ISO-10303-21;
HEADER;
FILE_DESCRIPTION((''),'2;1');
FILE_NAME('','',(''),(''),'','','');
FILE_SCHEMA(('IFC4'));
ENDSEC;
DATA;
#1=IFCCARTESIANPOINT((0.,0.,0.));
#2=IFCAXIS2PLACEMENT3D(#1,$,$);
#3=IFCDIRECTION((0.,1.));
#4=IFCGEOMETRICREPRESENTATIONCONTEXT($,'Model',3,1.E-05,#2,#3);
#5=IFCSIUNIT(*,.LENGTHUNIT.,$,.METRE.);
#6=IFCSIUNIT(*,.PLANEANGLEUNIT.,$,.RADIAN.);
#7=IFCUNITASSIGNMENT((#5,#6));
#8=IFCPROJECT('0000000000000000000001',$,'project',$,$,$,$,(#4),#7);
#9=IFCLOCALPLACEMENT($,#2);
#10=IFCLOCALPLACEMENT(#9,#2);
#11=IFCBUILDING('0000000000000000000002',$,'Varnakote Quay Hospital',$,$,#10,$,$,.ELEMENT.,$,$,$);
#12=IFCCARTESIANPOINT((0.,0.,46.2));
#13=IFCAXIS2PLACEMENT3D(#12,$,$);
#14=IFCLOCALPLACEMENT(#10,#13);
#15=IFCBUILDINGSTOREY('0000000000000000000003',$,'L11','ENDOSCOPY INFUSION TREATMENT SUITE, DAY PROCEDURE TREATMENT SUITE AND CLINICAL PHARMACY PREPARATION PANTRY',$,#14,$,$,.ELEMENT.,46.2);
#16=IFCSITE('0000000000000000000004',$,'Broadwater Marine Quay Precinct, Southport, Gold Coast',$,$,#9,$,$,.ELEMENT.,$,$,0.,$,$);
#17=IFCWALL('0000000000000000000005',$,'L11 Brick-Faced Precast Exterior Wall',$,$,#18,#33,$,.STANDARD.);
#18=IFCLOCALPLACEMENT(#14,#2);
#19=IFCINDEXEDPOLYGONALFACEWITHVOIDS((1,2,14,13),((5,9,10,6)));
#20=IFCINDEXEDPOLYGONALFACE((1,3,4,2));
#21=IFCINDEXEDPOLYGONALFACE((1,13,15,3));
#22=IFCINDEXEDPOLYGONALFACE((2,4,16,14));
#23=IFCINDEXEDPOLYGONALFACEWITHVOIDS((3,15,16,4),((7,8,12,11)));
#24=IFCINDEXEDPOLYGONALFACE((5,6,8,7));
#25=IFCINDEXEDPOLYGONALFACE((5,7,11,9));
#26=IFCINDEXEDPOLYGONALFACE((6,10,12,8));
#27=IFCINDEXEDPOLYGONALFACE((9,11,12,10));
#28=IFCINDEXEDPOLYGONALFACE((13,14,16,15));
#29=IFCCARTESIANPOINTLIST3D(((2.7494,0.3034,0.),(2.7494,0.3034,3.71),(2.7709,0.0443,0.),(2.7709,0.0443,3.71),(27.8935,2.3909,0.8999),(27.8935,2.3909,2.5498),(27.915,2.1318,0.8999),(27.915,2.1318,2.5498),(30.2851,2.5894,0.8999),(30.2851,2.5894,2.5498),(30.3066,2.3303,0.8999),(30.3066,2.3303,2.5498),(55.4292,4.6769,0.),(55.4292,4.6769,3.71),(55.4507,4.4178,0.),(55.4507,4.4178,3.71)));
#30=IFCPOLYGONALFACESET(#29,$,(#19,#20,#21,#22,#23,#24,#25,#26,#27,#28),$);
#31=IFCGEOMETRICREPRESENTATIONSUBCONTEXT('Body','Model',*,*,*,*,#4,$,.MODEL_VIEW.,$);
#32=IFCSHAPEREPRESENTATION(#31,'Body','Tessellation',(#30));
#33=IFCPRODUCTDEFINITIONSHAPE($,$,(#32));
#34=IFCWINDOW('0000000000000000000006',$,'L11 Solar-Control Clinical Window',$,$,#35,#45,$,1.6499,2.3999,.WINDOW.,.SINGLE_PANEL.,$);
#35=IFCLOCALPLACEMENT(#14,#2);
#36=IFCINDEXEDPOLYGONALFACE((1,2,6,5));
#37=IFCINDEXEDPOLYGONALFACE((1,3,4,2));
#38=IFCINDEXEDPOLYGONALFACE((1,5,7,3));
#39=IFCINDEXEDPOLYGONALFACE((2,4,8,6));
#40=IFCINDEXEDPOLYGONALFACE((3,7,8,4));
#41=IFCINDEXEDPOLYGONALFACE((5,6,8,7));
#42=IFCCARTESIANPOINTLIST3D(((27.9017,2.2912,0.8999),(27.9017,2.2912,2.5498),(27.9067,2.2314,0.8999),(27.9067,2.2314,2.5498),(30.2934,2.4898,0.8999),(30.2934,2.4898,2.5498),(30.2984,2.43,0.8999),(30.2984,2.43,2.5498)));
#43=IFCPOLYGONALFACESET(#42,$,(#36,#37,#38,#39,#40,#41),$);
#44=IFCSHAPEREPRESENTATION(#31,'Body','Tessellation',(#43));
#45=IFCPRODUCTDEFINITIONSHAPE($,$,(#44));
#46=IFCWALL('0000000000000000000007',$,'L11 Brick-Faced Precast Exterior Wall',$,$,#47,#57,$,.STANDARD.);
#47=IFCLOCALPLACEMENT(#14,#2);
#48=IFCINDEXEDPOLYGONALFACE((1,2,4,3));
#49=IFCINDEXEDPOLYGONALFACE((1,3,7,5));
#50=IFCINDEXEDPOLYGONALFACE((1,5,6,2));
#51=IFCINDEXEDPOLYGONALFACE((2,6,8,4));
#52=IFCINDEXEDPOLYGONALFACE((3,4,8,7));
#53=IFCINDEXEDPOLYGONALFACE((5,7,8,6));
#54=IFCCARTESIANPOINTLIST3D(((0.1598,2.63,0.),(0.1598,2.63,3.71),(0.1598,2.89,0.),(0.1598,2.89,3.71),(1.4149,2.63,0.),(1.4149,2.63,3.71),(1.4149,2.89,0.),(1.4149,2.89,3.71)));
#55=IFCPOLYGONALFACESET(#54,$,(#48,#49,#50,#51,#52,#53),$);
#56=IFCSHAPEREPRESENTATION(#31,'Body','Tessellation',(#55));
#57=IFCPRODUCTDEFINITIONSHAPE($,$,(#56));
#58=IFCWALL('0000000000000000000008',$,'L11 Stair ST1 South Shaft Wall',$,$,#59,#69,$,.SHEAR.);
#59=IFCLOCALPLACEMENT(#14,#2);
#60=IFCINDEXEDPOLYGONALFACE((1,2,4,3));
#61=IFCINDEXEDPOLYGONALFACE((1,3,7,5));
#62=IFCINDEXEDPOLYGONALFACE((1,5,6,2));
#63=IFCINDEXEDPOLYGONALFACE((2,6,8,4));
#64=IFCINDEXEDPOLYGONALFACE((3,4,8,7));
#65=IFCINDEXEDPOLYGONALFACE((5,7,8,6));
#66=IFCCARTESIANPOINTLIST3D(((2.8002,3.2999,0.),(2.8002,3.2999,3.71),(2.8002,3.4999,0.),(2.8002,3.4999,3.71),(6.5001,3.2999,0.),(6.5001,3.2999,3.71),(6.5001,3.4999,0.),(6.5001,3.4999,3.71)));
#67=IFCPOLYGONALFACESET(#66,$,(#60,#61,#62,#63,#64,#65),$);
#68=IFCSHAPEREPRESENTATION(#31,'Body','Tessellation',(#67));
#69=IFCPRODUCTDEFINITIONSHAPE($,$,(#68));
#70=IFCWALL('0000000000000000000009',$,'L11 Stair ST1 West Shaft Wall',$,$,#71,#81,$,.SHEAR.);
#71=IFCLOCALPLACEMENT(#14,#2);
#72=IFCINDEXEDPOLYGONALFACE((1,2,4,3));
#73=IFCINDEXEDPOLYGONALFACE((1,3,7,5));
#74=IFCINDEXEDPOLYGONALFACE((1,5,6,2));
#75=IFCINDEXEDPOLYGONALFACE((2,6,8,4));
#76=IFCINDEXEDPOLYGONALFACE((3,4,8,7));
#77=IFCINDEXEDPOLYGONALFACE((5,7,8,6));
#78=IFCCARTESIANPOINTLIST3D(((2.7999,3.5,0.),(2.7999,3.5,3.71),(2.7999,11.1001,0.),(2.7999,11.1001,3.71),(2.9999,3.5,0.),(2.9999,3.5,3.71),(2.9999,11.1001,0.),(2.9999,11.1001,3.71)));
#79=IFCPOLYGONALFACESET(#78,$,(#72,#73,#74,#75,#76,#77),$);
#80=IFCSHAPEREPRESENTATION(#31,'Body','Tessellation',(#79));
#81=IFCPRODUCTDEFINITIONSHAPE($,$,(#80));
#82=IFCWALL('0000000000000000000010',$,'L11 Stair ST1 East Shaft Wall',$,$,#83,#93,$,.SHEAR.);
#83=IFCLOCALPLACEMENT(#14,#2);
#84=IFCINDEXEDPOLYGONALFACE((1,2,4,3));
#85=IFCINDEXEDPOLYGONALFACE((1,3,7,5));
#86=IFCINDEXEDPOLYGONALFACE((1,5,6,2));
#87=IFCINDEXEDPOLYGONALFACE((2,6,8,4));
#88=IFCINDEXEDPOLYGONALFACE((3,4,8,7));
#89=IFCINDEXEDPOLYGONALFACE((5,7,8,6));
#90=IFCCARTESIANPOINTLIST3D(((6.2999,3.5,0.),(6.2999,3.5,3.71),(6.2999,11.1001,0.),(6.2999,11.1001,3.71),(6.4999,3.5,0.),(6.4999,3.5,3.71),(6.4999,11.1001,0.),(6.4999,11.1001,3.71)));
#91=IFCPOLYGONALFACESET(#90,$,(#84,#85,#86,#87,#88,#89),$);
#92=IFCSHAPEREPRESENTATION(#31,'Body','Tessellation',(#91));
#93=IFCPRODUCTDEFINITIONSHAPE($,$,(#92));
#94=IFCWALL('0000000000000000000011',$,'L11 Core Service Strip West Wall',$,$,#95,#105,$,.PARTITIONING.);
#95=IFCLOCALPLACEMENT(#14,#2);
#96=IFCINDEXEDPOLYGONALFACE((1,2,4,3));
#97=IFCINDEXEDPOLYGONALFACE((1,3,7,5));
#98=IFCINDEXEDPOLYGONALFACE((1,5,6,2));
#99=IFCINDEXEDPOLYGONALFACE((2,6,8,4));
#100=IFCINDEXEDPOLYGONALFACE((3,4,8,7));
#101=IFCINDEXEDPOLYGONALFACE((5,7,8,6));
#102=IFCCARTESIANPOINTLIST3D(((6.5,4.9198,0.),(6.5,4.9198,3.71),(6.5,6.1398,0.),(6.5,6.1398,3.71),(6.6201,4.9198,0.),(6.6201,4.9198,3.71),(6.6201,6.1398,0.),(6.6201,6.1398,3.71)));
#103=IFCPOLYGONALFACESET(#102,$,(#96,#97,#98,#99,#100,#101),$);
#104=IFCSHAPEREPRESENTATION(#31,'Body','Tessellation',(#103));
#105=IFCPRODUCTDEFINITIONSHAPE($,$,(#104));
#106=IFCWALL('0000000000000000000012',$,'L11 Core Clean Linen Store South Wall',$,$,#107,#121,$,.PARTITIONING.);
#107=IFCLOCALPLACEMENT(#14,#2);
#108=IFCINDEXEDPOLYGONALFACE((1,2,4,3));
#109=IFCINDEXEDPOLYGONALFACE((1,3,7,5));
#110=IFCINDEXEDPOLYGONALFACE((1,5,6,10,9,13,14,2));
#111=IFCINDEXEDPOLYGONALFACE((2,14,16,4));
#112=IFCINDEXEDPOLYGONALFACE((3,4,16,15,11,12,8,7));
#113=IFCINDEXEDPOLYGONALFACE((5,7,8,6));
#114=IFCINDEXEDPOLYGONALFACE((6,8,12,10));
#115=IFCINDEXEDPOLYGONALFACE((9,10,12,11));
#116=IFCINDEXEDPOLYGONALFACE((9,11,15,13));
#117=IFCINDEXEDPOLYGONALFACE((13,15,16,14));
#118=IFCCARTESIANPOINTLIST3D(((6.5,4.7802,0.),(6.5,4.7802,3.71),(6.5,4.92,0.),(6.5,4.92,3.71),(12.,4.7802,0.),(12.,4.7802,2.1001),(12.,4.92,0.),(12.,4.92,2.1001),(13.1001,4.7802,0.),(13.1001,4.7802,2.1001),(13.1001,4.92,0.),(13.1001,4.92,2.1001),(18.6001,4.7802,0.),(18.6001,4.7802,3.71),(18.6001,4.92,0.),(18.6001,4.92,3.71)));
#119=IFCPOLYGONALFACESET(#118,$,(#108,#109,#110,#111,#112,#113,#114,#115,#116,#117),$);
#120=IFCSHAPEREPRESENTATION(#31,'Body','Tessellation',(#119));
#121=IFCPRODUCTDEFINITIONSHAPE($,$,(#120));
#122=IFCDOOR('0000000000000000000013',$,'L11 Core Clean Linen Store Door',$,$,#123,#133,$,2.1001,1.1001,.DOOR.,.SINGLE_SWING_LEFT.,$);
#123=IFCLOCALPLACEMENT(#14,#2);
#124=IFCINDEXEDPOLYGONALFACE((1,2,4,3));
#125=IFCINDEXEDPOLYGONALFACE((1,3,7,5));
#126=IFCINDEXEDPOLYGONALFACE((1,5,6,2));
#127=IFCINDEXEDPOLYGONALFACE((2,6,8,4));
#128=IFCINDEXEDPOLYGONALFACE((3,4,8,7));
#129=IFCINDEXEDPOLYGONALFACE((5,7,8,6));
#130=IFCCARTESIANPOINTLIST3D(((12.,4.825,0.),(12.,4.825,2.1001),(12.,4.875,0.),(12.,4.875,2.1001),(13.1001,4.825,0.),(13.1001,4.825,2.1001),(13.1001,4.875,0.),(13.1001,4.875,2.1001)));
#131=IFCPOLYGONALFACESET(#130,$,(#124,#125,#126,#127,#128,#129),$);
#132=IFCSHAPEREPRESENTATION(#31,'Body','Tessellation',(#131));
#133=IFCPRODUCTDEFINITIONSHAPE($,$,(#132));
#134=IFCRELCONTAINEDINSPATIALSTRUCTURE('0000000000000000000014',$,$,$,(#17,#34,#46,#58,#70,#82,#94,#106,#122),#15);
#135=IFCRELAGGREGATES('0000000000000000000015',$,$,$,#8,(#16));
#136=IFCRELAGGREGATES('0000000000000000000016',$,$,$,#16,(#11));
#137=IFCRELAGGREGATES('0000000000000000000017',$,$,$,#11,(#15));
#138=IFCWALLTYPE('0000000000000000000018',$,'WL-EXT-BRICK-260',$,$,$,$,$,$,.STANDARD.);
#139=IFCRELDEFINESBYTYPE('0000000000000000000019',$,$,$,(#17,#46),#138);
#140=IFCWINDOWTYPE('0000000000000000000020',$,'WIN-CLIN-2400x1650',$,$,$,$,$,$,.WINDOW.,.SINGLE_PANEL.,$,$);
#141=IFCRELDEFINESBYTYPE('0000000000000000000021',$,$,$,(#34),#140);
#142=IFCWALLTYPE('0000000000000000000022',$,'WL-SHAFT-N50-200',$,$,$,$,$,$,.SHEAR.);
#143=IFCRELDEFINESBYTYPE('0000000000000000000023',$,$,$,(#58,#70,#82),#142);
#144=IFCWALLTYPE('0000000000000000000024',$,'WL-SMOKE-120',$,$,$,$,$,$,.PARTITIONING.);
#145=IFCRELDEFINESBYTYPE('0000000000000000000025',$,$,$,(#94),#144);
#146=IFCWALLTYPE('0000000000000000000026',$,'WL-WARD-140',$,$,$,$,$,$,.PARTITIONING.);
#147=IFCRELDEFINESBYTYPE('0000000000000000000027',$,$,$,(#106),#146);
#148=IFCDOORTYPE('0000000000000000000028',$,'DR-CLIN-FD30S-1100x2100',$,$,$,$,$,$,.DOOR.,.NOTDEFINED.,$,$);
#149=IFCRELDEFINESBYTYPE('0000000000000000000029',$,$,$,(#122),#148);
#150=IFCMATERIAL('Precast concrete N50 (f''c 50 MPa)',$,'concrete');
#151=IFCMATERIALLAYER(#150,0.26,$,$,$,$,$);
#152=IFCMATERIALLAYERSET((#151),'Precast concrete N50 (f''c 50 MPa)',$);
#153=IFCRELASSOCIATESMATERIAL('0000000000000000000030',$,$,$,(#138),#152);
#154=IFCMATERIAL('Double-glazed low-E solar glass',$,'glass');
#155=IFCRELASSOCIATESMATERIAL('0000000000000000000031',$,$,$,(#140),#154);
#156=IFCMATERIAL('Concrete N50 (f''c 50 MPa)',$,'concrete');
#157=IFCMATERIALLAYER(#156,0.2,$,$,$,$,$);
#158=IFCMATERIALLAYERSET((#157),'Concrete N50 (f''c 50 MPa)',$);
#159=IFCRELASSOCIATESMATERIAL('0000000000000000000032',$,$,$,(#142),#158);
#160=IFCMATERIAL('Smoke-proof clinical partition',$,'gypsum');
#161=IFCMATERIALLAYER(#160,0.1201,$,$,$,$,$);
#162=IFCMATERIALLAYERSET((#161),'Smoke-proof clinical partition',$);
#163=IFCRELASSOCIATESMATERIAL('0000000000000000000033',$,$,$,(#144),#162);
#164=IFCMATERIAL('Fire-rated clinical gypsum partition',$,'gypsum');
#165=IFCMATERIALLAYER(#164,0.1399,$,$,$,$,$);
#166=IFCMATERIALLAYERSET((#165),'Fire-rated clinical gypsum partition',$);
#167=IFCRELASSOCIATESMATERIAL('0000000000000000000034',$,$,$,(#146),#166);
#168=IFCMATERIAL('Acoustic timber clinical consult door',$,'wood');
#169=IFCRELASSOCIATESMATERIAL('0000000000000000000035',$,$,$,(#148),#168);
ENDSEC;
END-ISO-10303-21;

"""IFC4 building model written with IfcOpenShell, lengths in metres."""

from ifc_helpers import new_model, si_unit, direction, frame, frame_2d, origin, place, context, subcontext, project, spatial, rectangle, extrude, material, layer, layer_set, type_object, element, fill, save


model = new_model("IFC4")

# Units and contexts
model_context = context("Model", 3, precision=1e-05, world=origin(), true_north=direction((0.0, 1.0)))
body_context = subcontext(model_context, "Body", "Model", "MODEL_VIEW")
ifc_project = project(units=[si_unit("LENGTHUNIT", "METRE"), si_unit("PLANEANGLEUNIT", "RADIAN")], contexts=[model_context])

# Site, building, storey
site_placement = place(None, origin())
site = spatial("IfcSite", under=ifc_project, at=site_placement, Name="Broadwater Marine Quay Precinct, Southport, Gold Coast", CompositionType="ELEMENT", RefElevation=0.0)
building_placement = place(site_placement, origin())
building = spatial("IfcBuilding", under=site, at=building_placement, Name="Varnakote Quay Hospital", CompositionType="ELEMENT")
storey_placement = place(building_placement, frame((0.0, 0.0, 46.2)))
storey = spatial("IfcBuildingStorey", under=building, at=storey_placement, Name="L11", Description="ENDOSCOPY INFUSION TREATMENT SUITE, DAY PROCEDURE TREATMENT SUITE AND CLINICAL PHARMACY PREPARATION PANTRY", CompositionType="ELEMENT", Elevation=46.2)

# Shared definitions
ifc_material_1 = material(Name="Precast concrete N50 (f'c 50 MPa)", Category="concrete")
ifc_layer_1 = layer(ifc_material_1, 0.26)
ifc_layer_set_1 = layer_set([ifc_layer_1], Name="Precast concrete N50 (f'c 50 MPa)")
wall_type_1 = type_object("IfcWallType", Name="WL-EXT-BRICK-260", PredefinedType="STANDARD", material=ifc_layer_set_1)

# Wall, opening, window
wall_1_placement = place(storey_placement, frame((2.76, 0.1738, 0.0), z_axis=(0.0, 0.0, 1.0), x_axis=(0.996571, 0.082736, 0.0)))
wall_1 = element("IfcWall", 1, at=wall_1_placement, inside=storey, type_object=wall_type_1, Name="L11 Brick-Faced Precast Exterior Wall", PredefinedType="STANDARD", context=body_context, shape_type="SweptSolid", body=[
    extrude(rectangle(XDim=52.8611, YDim=0.26, at=frame_2d((26.4307, 0.0))), origin(), (0.0, 0.0, 1.0), 3.71),
])
opening_1_placement = place(wall_1_placement, frame((25.2307, 0.0, 0.8999)))
opening_1 = element("IfcOpeningElement", 2, at=opening_1_placement, cuts=wall_1, PredefinedType="OPENING", context=body_context, shape_type="SweptSolid", body=[
    extrude(rectangle(XDim=2.3999, YDim=1.6499, at=frame_2d((1.2, 0.825))), frame((0.0, 0.1399, 0.0), z_axis=(0.0, -1.0, 0.0), x_axis=(1.0, 0.0, 0.0)), (0.0, 0.0, 1.0), 0.28),
])
ifc_material_2 = material(Name="Double-glazed low-E solar glass", Category="glass")
window_type = type_object("IfcWindowType", Name="WIN-CLIN-2400x1650", PartitioningType="SINGLE_PANEL", PredefinedType="WINDOW", material=ifc_material_2)
window_placement = place(opening_1_placement, origin())
window = element("IfcWindow", 3, at=window_placement, inside=storey, type_object=window_type, Name="L11 Solar-Control Clinical Window", OverallHeight=1.6499, OverallWidth=2.3999, PartitioningType="SINGLE_PANEL", PredefinedType="WINDOW", context=body_context, shape_type="SweptSolid", body=[
    extrude(rectangle(XDim=2.3999, YDim=1.6499, at=frame_2d((1.2, 0.825))), frame((0.0, 0.03, 0.0), z_axis=(0.0, -1.0, 0.0), x_axis=(1.0, 0.0, 0.0)), (0.0, 0.0, 1.0), 0.0601),
])
fill(opening_1, window)

# Walls
wall_2_placement = place(storey_placement, frame((0.1599, 2.76, 0.0), z_axis=(0.0, 0.0, 1.0), x_axis=(1.0, 0.0, 0.0)))
element("IfcWall", 4, at=wall_2_placement, inside=storey, type_object=wall_type_1, Name="L11 Brick-Faced Precast Exterior Wall", PredefinedType="STANDARD", context=body_context, shape_type="SweptSolid", body=[
    extrude(rectangle(XDim=1.2551, YDim=0.26, at=frame_2d((0.6274, 0.0))), origin(), (0.0, 0.0, 1.0), 3.71),
])
ifc_material_3 = material(Name="Concrete N50 (f'c 50 MPa)", Category="concrete")
ifc_layer_2 = layer(ifc_material_3, 0.2)
ifc_layer_set_2 = layer_set([ifc_layer_2], Name="Concrete N50 (f'c 50 MPa)")
wall_type_2 = type_object("IfcWallType", Name="WL-SHAFT-N50-200", PredefinedType="SHEAR", material=ifc_layer_set_2)
wall_3_placement = place(storey_placement, frame((2.8, 3.3999, 0.0), z_axis=(0.0, 0.0, 1.0), x_axis=(1.0, 0.0, 0.0)))
element("IfcWall", 5, at=wall_3_placement, inside=storey, type_object=wall_type_2, Name="L11 Stair ST1 South Shaft Wall", PredefinedType="SHEAR", context=body_context, shape_type="SweptSolid", body=[
    extrude(rectangle(XDim=3.7, YDim=0.2, at=frame_2d((1.8501, 0.0))), origin(), (0.0, 0.0, 1.0), 3.71),
])
for number, where, z_axis, x_axis, name in (
    (6, (2.8999, 3.5, 0.0), (0.0, 0.0, 1.0), (0.0, 1.0, 0.0), "L11 Stair ST1 West Shaft Wall"),
    (7, (6.3999, 3.5, 0.0), (0.0, 0.0, 1.0), (0.0, 1.0, 0.0), "L11 Stair ST1 East Shaft Wall"),
):
    element("IfcWall", number, at=place(storey_placement, frame(where, z_axis=z_axis, x_axis=x_axis)), inside=storey, type_object=wall_type_2, Name=name, PredefinedType="SHEAR", context=body_context, shape_type="SweptSolid", body=[
        extrude(rectangle(XDim=7.6001, YDim=0.2, at=frame_2d((3.8, 0.0))), origin(), (0.0, 0.0, 1.0), 3.71),
    ])
ifc_material_4 = material(Name="Smoke-proof clinical partition", Category="gypsum")
ifc_layer_3 = layer(ifc_material_4, 0.1201)
ifc_layer_set_3 = layer_set([ifc_layer_3], Name="Smoke-proof clinical partition")
wall_type_3 = type_object("IfcWallType", Name="WL-SMOKE-120", PredefinedType="PARTITIONING", material=ifc_layer_set_3)
wall_4_placement = place(storey_placement, frame((6.5601, 4.9199, 0.0), z_axis=(0.0, 0.0, 1.0), x_axis=(0.0, 1.0, 0.0)))
element("IfcWall", 8, at=wall_4_placement, inside=storey, type_object=wall_type_3, Name="L11 Core Service Strip West Wall", PredefinedType="PARTITIONING", context=body_context, shape_type="SweptSolid", body=[
    extrude(rectangle(XDim=1.22, YDim=0.1201, at=frame_2d((0.6099, 0.0))), origin(), (0.0, 0.0, 1.0), 3.71),
])

# Wall, opening, door
ifc_material_5 = material(Name="Fire-rated clinical gypsum partition", Category="gypsum")
ifc_layer_4 = layer(ifc_material_5, 0.1399)
ifc_layer_set_4 = layer_set([ifc_layer_4], Name="Fire-rated clinical gypsum partition")
wall_type_4 = type_object("IfcWallType", Name="WL-WARD-140", PredefinedType="PARTITIONING", material=ifc_layer_set_4)
wall_5_placement = place(storey_placement, frame((6.5, 4.8501, 0.0), z_axis=(0.0, 0.0, 1.0), x_axis=(1.0, 0.0, 0.0)))
wall_5 = element("IfcWall", 9, at=wall_5_placement, inside=storey, type_object=wall_type_4, Name="L11 Core Clean Linen Store South Wall", PredefinedType="PARTITIONING", context=body_context, shape_type="SweptSolid", body=[
    extrude(rectangle(XDim=12.1001, YDim=0.1399, at=frame_2d((6.05, 0.0))), origin(), (0.0, 0.0, 1.0), 3.71),
])
opening_2_placement = place(wall_5_placement, frame((5.5, 0.0, 0.0)))
opening_2 = element("IfcOpeningElement", 10, at=opening_2_placement, cuts=wall_5, PredefinedType="OPENING", context=body_context, shape_type="SweptSolid", body=[
    extrude(rectangle(XDim=1.1001, YDim=2.1001, at=frame_2d((0.55, 1.05))), frame((0.0, 0.0798, 0.0), z_axis=(0.0, -1.0, 0.0), x_axis=(1.0, 0.0, 0.0)), (0.0, 0.0, 1.0), 0.1599),
])
ifc_material_6 = material(Name="Acoustic timber clinical consult door", Category="wood")
door_type = type_object("IfcDoorType", Name="DR-CLIN-FD30S-1100x2100", OperationType="NOTDEFINED", PredefinedType="DOOR", material=ifc_material_6)
door_placement = place(opening_2_placement, origin())
door = element("IfcDoor", 11, at=door_placement, inside=storey, type_object=door_type, Name="L11 Core Clean Linen Store Door", OperationType="SINGLE_SWING_LEFT", OverallHeight=2.1001, OverallWidth=1.1001, PredefinedType="DOOR", context=body_context, shape_type="SweptSolid", body=[
    extrude(rectangle(XDim=1.1001, YDim=2.1001, at=frame_2d((0.55, 1.05))), frame((0.0, 0.0249, 0.0), z_axis=(0.0, -1.0, 0.0), x_axis=(1.0, 0.0, 0.0)), (0.0, 0.0, 1.0), 0.05),
])
fill(opening_2, door)

save(model, "model.ifc")
